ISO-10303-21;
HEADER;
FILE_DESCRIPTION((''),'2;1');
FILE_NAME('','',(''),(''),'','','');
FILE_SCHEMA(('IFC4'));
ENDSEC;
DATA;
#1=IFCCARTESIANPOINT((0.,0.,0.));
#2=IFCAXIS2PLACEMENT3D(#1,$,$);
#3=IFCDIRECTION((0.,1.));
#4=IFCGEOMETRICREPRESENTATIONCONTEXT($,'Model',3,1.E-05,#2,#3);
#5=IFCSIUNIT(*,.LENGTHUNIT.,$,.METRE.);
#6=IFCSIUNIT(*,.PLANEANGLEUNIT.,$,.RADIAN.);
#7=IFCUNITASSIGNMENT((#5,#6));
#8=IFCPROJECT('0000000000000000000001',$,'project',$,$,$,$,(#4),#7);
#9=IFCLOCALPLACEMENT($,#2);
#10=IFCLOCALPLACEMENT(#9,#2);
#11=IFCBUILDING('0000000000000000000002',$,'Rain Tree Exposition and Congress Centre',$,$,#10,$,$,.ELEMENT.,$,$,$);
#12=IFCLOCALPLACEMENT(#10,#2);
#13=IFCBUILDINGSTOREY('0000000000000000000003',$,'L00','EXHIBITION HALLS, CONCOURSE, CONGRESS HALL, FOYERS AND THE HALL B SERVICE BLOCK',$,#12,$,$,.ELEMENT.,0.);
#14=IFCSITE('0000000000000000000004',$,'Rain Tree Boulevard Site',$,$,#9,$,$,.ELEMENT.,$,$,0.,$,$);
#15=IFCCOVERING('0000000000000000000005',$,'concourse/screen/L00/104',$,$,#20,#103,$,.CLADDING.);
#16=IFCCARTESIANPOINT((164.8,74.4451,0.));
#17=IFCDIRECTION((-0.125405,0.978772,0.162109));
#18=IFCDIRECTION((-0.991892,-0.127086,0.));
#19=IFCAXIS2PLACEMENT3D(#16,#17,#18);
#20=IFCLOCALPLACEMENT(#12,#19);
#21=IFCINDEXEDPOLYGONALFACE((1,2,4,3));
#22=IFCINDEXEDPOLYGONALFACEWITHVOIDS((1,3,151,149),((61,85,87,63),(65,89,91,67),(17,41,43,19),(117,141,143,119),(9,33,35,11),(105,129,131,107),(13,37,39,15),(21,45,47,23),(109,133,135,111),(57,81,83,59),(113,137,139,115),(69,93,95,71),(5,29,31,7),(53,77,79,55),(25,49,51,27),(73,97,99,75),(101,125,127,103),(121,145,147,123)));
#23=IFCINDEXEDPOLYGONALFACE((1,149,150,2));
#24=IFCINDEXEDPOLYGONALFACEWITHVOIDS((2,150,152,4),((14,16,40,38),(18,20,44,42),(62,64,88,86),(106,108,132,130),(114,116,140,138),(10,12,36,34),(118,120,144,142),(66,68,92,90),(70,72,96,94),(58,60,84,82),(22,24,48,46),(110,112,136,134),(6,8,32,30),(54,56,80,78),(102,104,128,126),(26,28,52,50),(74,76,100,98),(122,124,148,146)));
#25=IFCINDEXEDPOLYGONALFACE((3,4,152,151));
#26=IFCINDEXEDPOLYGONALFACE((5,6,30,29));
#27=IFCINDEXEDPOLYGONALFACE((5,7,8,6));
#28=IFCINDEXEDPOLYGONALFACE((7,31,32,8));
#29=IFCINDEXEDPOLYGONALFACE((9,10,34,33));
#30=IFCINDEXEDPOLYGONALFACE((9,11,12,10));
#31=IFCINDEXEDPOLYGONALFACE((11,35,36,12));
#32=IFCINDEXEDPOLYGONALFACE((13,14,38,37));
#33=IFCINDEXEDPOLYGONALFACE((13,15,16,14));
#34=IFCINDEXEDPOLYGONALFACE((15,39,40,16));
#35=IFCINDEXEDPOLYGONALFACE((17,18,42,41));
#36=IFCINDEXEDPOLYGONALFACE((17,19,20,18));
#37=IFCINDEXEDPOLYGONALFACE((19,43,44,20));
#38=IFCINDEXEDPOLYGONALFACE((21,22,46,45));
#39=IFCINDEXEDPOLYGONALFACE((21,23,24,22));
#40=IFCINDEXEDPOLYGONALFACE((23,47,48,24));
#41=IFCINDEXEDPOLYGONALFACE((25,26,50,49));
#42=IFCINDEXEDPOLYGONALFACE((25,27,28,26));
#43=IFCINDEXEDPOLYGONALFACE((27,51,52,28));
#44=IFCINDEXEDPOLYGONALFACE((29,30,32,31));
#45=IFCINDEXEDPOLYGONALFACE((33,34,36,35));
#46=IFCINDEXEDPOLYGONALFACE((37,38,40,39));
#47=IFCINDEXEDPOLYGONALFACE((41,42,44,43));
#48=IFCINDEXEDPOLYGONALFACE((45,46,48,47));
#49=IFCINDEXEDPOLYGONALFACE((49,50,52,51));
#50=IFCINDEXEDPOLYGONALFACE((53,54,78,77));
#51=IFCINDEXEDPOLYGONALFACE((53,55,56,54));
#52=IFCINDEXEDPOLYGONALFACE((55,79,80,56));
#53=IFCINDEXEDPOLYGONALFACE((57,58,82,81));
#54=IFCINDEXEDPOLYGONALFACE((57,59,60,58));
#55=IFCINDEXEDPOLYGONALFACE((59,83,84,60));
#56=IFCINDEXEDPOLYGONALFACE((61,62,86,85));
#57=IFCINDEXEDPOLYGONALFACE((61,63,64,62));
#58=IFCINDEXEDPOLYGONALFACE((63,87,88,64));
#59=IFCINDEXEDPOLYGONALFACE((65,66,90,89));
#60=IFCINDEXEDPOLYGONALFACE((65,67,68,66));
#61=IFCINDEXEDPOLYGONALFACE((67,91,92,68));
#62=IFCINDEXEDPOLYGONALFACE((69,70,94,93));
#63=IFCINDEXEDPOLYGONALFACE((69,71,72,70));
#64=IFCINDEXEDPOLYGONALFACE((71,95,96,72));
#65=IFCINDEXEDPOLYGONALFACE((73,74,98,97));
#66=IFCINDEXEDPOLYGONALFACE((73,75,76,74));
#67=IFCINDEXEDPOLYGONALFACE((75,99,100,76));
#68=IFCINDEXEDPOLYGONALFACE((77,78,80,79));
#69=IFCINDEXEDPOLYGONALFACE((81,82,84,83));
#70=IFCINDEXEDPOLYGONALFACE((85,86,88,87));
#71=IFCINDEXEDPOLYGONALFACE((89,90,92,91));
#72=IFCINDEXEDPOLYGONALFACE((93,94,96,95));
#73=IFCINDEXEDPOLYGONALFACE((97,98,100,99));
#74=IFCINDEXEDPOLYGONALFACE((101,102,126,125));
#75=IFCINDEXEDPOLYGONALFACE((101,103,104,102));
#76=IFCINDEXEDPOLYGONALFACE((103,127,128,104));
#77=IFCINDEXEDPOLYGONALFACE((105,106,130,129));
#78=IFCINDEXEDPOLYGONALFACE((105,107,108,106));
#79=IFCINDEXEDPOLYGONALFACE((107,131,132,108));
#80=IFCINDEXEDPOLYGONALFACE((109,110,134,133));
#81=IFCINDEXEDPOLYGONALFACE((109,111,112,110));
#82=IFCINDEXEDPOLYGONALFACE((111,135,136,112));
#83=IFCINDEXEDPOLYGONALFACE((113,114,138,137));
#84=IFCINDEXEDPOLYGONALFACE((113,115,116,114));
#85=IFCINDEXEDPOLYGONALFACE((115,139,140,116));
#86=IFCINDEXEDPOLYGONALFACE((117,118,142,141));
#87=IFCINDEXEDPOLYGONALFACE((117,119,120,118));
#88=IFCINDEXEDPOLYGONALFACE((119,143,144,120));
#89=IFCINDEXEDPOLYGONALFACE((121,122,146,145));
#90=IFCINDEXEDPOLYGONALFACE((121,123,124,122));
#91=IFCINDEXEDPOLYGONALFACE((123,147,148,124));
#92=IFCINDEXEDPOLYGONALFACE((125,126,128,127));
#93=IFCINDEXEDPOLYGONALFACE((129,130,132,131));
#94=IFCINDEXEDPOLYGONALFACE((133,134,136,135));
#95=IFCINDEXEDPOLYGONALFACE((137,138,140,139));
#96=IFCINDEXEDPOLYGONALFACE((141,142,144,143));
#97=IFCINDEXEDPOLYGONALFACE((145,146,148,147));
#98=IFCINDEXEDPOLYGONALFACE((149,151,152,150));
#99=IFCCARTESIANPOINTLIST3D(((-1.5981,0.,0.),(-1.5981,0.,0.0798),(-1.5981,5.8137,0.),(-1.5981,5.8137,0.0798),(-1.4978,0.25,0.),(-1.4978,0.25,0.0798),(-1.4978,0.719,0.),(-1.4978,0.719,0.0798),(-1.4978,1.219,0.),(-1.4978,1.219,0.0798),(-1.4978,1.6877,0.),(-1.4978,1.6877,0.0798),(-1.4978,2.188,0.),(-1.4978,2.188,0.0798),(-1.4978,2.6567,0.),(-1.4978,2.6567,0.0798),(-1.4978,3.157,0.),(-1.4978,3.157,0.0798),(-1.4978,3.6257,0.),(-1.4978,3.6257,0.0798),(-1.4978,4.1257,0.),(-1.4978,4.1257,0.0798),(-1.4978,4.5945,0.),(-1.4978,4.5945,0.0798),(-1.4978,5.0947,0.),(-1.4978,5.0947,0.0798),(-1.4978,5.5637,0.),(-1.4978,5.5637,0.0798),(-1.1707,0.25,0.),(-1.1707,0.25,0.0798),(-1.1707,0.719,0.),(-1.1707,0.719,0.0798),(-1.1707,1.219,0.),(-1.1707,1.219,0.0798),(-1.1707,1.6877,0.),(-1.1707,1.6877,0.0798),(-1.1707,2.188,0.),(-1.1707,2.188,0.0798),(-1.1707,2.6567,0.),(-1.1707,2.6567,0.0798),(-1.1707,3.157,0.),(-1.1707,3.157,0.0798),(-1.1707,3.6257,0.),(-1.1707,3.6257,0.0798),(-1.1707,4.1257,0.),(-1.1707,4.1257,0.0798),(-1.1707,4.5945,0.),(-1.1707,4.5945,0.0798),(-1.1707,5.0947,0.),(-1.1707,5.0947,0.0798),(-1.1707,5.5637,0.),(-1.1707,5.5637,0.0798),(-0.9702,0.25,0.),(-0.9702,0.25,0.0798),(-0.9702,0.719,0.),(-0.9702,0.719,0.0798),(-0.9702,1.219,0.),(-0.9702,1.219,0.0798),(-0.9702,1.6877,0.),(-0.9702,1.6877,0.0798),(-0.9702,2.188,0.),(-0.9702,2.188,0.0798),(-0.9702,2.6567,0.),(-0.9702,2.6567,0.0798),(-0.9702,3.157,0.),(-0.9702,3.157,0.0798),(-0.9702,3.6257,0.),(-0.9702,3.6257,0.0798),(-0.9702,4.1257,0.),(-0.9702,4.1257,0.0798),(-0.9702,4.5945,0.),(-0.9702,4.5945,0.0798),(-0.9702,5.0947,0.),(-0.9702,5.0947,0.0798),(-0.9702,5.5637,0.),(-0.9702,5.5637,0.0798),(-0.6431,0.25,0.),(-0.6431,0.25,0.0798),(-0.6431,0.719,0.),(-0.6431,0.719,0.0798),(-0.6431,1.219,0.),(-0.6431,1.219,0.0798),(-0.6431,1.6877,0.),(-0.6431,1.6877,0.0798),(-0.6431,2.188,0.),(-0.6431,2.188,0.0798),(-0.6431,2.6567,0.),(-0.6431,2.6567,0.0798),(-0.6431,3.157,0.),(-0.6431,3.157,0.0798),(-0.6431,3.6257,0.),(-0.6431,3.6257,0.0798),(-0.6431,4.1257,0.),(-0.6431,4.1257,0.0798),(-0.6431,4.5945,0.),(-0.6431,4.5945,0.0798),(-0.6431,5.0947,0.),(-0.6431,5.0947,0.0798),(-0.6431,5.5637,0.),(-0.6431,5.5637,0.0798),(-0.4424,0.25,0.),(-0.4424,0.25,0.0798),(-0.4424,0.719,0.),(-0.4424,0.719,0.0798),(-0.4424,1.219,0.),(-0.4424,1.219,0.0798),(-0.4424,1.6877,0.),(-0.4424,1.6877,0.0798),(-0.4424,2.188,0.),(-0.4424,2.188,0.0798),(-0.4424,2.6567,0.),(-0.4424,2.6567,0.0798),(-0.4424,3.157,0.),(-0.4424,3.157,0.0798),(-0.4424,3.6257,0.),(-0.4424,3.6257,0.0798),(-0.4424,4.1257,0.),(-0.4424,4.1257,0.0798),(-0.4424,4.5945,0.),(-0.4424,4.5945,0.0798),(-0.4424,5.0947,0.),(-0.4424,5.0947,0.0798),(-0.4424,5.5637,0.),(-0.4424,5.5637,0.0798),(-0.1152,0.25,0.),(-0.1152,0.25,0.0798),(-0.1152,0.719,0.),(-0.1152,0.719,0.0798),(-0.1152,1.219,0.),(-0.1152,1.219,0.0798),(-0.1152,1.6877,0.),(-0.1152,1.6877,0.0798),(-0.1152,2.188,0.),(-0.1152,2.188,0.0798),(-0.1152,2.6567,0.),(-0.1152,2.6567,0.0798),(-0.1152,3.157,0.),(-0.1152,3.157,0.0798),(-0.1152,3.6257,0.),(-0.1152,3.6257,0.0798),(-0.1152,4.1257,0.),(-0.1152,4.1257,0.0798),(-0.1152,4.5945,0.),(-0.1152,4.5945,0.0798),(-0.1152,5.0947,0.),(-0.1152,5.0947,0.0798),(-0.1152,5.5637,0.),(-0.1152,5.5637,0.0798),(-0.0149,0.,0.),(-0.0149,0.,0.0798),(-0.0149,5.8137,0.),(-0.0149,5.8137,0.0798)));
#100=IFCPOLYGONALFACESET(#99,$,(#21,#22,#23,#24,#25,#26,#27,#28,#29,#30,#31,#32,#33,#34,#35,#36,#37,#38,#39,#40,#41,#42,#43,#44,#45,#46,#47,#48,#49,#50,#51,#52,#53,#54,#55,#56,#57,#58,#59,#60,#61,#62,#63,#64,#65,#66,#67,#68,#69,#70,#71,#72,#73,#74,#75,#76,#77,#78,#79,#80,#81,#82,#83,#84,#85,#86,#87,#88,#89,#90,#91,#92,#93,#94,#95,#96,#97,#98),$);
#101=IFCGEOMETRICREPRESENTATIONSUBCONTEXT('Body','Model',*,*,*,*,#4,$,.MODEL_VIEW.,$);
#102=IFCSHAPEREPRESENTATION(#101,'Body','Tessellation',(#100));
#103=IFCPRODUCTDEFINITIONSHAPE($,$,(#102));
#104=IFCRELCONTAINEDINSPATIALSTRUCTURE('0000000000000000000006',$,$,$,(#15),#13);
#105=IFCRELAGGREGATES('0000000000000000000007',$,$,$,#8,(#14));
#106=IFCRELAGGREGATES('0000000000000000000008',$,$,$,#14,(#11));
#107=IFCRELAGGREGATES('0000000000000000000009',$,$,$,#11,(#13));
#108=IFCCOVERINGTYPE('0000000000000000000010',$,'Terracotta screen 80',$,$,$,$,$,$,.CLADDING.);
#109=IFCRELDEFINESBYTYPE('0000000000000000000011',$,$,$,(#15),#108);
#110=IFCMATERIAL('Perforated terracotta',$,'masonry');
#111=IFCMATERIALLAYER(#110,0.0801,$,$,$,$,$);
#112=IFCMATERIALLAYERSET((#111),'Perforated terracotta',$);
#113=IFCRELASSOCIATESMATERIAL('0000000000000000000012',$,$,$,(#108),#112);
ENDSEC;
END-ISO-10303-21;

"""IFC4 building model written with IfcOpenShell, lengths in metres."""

from ifc_helpers import new_model, si_unit, direction, frame, origin, place, context, subcontext, project, spatial, polyline, outline, extrude, material, layer, layer_set, type_object, element, save


model = new_model("IFC4")

# Units and contexts
model_context = context("Model", 3, precision=1e-05, world=origin(), true_north=direction((0.0, 1.0)))
body_context = subcontext(model_context, "Body", "Model", "MODEL_VIEW")
ifc_project = project(units=[si_unit("LENGTHUNIT", "METRE"), si_unit("PLANEANGLEUNIT", "RADIAN")], contexts=[model_context])

# Site, building, storey
site_placement = place(None, origin())
site = spatial("IfcSite", under=ifc_project, at=site_placement, Name="Rain Tree Boulevard Site", CompositionType="ELEMENT", RefElevation=0.0)
building_placement = place(site_placement, origin())
building = spatial("IfcBuilding", under=site, at=building_placement, Name="Rain Tree Exposition and Congress Centre", CompositionType="ELEMENT")
storey_placement = place(building_placement, origin())
storey = spatial("IfcBuildingStorey", under=building, at=storey_placement, Name="L00", Description="EXHIBITION HALLS, CONCOURSE, CONGRESS HALL, FOYERS AND THE HALL B SERVICE BLOCK", CompositionType="ELEMENT", Elevation=0.0)

# Covering
ifc_material_1 = material(Name="Perforated terracotta", Category="masonry")
ifc_layer_1 = layer(ifc_material_1, 0.0801)
ifc_layer_set_1 = layer_set([ifc_layer_1], Name="Perforated terracotta")
covering_type = type_object("IfcCoveringType", Name="Terracotta screen 80", PredefinedType="CLADDING", material=ifc_layer_set_1)
covering_1_placement = place(storey_placement, frame((164.8, 74.4451, 0.0), z_axis=(-0.125405, 0.978772, 0.162109), x_axis=(-0.991892, -0.127086, 0.0)))
element("IfcCovering", 1, at=covering_1_placement, inside=storey, type_object=covering_type, Name="concourse/screen/L00/104", PredefinedType="CLADDING", context=body_context, shape_type="SweptSolid", body=[
    extrude(outline(polyline([(-0.0149, 0.0), (-1.5981, 0.0), (-1.5981, 5.8137), (-0.0149, 5.8137), (-0.0149, 0.0)]), holes=[polyline([(-0.1152, 0.25), (-0.1152, 0.719), (-0.4424, 0.719), (-0.4424, 0.25), (-0.1152, 0.25)]), polyline([(-0.1152, 1.219), (-0.1152, 1.6877), (-0.4424, 1.6877), (-0.4424, 1.219), (-0.1152, 1.219)]), polyline([(-0.1152, 2.188), (-0.1152, 2.6567), (-0.4424, 2.6567), (-0.4424, 2.188), (-0.1152, 2.188)]), polyline([(-0.1152, 3.157), (-0.1152, 3.6257), (-0.4424, 3.6257), (-0.4424, 3.157), (-0.1152, 3.157)]), polyline([(-0.1152, 4.1257), (-0.1152, 4.5945), (-0.4424, 4.5945), (-0.4424, 4.1257), (-0.1152, 4.1257)]), polyline([(-0.1152, 5.0947), (-0.1152, 5.5637), (-0.4424, 5.5637), (-0.4424, 5.0947), (-0.1152, 5.0947)]), polyline([(-0.6431, 0.25), (-0.6431, 0.719), (-0.9702, 0.719), (-0.9702, 0.25), (-0.6431, 0.25)]), polyline([(-0.6431, 1.219), (-0.6431, 1.6877), (-0.9702, 1.6877), (-0.9702, 1.219), (-0.6431, 1.219)]), polyline([(-0.6431, 2.188), (-0.6431, 2.6567), (-0.9702, 2.6567), (-0.9702, 2.188), (-0.6431, 2.188)]), polyline([(-0.6431, 3.157), (-0.6431, 3.6257), (-0.9702, 3.6257), (-0.9702, 3.157), (-0.6431, 3.157)]), polyline([(-0.6431, 4.1257), (-0.6431, 4.5945), (-0.9702, 4.5945), (-0.9702, 4.1257), (-0.6431, 4.1257)]), polyline([(-0.6431, 5.0947), (-0.6431, 5.5637), (-0.9702, 5.5637), (-0.9702, 5.0947), (-0.6431, 5.0947)]), polyline([(-1.1707, 0.25), (-1.1707, 0.719), (-1.4978, 0.719), (-1.4978, 0.25), (-1.1707, 0.25)]), polyline([(-1.1707, 1.219), (-1.1707, 1.6877), (-1.4978, 1.6877), (-1.4978, 1.219), (-1.1707, 1.219)]), polyline([(-1.1707, 2.188), (-1.1707, 2.6567), (-1.4978, 2.6567), (-1.4978, 2.188), (-1.1707, 2.188)]), polyline([(-1.1707, 3.157), (-1.1707, 3.6257), (-1.4978, 3.6257), (-1.4978, 3.157), (-1.1707, 3.157)]), polyline([(-1.1707, 4.1257), (-1.1707, 4.5945), (-1.4978, 4.5945), (-1.4978, 4.1257), (-1.1707, 4.1257)]), polyline([(-1.1707, 5.0947), (-1.1707, 5.5637), (-1.4978, 5.5637), (-1.4978, 5.0947), (-1.1707, 5.0947)])]), origin(), (0.0, 0.0, 1.0), 0.0798),
])

save(model, "model.ifc")
